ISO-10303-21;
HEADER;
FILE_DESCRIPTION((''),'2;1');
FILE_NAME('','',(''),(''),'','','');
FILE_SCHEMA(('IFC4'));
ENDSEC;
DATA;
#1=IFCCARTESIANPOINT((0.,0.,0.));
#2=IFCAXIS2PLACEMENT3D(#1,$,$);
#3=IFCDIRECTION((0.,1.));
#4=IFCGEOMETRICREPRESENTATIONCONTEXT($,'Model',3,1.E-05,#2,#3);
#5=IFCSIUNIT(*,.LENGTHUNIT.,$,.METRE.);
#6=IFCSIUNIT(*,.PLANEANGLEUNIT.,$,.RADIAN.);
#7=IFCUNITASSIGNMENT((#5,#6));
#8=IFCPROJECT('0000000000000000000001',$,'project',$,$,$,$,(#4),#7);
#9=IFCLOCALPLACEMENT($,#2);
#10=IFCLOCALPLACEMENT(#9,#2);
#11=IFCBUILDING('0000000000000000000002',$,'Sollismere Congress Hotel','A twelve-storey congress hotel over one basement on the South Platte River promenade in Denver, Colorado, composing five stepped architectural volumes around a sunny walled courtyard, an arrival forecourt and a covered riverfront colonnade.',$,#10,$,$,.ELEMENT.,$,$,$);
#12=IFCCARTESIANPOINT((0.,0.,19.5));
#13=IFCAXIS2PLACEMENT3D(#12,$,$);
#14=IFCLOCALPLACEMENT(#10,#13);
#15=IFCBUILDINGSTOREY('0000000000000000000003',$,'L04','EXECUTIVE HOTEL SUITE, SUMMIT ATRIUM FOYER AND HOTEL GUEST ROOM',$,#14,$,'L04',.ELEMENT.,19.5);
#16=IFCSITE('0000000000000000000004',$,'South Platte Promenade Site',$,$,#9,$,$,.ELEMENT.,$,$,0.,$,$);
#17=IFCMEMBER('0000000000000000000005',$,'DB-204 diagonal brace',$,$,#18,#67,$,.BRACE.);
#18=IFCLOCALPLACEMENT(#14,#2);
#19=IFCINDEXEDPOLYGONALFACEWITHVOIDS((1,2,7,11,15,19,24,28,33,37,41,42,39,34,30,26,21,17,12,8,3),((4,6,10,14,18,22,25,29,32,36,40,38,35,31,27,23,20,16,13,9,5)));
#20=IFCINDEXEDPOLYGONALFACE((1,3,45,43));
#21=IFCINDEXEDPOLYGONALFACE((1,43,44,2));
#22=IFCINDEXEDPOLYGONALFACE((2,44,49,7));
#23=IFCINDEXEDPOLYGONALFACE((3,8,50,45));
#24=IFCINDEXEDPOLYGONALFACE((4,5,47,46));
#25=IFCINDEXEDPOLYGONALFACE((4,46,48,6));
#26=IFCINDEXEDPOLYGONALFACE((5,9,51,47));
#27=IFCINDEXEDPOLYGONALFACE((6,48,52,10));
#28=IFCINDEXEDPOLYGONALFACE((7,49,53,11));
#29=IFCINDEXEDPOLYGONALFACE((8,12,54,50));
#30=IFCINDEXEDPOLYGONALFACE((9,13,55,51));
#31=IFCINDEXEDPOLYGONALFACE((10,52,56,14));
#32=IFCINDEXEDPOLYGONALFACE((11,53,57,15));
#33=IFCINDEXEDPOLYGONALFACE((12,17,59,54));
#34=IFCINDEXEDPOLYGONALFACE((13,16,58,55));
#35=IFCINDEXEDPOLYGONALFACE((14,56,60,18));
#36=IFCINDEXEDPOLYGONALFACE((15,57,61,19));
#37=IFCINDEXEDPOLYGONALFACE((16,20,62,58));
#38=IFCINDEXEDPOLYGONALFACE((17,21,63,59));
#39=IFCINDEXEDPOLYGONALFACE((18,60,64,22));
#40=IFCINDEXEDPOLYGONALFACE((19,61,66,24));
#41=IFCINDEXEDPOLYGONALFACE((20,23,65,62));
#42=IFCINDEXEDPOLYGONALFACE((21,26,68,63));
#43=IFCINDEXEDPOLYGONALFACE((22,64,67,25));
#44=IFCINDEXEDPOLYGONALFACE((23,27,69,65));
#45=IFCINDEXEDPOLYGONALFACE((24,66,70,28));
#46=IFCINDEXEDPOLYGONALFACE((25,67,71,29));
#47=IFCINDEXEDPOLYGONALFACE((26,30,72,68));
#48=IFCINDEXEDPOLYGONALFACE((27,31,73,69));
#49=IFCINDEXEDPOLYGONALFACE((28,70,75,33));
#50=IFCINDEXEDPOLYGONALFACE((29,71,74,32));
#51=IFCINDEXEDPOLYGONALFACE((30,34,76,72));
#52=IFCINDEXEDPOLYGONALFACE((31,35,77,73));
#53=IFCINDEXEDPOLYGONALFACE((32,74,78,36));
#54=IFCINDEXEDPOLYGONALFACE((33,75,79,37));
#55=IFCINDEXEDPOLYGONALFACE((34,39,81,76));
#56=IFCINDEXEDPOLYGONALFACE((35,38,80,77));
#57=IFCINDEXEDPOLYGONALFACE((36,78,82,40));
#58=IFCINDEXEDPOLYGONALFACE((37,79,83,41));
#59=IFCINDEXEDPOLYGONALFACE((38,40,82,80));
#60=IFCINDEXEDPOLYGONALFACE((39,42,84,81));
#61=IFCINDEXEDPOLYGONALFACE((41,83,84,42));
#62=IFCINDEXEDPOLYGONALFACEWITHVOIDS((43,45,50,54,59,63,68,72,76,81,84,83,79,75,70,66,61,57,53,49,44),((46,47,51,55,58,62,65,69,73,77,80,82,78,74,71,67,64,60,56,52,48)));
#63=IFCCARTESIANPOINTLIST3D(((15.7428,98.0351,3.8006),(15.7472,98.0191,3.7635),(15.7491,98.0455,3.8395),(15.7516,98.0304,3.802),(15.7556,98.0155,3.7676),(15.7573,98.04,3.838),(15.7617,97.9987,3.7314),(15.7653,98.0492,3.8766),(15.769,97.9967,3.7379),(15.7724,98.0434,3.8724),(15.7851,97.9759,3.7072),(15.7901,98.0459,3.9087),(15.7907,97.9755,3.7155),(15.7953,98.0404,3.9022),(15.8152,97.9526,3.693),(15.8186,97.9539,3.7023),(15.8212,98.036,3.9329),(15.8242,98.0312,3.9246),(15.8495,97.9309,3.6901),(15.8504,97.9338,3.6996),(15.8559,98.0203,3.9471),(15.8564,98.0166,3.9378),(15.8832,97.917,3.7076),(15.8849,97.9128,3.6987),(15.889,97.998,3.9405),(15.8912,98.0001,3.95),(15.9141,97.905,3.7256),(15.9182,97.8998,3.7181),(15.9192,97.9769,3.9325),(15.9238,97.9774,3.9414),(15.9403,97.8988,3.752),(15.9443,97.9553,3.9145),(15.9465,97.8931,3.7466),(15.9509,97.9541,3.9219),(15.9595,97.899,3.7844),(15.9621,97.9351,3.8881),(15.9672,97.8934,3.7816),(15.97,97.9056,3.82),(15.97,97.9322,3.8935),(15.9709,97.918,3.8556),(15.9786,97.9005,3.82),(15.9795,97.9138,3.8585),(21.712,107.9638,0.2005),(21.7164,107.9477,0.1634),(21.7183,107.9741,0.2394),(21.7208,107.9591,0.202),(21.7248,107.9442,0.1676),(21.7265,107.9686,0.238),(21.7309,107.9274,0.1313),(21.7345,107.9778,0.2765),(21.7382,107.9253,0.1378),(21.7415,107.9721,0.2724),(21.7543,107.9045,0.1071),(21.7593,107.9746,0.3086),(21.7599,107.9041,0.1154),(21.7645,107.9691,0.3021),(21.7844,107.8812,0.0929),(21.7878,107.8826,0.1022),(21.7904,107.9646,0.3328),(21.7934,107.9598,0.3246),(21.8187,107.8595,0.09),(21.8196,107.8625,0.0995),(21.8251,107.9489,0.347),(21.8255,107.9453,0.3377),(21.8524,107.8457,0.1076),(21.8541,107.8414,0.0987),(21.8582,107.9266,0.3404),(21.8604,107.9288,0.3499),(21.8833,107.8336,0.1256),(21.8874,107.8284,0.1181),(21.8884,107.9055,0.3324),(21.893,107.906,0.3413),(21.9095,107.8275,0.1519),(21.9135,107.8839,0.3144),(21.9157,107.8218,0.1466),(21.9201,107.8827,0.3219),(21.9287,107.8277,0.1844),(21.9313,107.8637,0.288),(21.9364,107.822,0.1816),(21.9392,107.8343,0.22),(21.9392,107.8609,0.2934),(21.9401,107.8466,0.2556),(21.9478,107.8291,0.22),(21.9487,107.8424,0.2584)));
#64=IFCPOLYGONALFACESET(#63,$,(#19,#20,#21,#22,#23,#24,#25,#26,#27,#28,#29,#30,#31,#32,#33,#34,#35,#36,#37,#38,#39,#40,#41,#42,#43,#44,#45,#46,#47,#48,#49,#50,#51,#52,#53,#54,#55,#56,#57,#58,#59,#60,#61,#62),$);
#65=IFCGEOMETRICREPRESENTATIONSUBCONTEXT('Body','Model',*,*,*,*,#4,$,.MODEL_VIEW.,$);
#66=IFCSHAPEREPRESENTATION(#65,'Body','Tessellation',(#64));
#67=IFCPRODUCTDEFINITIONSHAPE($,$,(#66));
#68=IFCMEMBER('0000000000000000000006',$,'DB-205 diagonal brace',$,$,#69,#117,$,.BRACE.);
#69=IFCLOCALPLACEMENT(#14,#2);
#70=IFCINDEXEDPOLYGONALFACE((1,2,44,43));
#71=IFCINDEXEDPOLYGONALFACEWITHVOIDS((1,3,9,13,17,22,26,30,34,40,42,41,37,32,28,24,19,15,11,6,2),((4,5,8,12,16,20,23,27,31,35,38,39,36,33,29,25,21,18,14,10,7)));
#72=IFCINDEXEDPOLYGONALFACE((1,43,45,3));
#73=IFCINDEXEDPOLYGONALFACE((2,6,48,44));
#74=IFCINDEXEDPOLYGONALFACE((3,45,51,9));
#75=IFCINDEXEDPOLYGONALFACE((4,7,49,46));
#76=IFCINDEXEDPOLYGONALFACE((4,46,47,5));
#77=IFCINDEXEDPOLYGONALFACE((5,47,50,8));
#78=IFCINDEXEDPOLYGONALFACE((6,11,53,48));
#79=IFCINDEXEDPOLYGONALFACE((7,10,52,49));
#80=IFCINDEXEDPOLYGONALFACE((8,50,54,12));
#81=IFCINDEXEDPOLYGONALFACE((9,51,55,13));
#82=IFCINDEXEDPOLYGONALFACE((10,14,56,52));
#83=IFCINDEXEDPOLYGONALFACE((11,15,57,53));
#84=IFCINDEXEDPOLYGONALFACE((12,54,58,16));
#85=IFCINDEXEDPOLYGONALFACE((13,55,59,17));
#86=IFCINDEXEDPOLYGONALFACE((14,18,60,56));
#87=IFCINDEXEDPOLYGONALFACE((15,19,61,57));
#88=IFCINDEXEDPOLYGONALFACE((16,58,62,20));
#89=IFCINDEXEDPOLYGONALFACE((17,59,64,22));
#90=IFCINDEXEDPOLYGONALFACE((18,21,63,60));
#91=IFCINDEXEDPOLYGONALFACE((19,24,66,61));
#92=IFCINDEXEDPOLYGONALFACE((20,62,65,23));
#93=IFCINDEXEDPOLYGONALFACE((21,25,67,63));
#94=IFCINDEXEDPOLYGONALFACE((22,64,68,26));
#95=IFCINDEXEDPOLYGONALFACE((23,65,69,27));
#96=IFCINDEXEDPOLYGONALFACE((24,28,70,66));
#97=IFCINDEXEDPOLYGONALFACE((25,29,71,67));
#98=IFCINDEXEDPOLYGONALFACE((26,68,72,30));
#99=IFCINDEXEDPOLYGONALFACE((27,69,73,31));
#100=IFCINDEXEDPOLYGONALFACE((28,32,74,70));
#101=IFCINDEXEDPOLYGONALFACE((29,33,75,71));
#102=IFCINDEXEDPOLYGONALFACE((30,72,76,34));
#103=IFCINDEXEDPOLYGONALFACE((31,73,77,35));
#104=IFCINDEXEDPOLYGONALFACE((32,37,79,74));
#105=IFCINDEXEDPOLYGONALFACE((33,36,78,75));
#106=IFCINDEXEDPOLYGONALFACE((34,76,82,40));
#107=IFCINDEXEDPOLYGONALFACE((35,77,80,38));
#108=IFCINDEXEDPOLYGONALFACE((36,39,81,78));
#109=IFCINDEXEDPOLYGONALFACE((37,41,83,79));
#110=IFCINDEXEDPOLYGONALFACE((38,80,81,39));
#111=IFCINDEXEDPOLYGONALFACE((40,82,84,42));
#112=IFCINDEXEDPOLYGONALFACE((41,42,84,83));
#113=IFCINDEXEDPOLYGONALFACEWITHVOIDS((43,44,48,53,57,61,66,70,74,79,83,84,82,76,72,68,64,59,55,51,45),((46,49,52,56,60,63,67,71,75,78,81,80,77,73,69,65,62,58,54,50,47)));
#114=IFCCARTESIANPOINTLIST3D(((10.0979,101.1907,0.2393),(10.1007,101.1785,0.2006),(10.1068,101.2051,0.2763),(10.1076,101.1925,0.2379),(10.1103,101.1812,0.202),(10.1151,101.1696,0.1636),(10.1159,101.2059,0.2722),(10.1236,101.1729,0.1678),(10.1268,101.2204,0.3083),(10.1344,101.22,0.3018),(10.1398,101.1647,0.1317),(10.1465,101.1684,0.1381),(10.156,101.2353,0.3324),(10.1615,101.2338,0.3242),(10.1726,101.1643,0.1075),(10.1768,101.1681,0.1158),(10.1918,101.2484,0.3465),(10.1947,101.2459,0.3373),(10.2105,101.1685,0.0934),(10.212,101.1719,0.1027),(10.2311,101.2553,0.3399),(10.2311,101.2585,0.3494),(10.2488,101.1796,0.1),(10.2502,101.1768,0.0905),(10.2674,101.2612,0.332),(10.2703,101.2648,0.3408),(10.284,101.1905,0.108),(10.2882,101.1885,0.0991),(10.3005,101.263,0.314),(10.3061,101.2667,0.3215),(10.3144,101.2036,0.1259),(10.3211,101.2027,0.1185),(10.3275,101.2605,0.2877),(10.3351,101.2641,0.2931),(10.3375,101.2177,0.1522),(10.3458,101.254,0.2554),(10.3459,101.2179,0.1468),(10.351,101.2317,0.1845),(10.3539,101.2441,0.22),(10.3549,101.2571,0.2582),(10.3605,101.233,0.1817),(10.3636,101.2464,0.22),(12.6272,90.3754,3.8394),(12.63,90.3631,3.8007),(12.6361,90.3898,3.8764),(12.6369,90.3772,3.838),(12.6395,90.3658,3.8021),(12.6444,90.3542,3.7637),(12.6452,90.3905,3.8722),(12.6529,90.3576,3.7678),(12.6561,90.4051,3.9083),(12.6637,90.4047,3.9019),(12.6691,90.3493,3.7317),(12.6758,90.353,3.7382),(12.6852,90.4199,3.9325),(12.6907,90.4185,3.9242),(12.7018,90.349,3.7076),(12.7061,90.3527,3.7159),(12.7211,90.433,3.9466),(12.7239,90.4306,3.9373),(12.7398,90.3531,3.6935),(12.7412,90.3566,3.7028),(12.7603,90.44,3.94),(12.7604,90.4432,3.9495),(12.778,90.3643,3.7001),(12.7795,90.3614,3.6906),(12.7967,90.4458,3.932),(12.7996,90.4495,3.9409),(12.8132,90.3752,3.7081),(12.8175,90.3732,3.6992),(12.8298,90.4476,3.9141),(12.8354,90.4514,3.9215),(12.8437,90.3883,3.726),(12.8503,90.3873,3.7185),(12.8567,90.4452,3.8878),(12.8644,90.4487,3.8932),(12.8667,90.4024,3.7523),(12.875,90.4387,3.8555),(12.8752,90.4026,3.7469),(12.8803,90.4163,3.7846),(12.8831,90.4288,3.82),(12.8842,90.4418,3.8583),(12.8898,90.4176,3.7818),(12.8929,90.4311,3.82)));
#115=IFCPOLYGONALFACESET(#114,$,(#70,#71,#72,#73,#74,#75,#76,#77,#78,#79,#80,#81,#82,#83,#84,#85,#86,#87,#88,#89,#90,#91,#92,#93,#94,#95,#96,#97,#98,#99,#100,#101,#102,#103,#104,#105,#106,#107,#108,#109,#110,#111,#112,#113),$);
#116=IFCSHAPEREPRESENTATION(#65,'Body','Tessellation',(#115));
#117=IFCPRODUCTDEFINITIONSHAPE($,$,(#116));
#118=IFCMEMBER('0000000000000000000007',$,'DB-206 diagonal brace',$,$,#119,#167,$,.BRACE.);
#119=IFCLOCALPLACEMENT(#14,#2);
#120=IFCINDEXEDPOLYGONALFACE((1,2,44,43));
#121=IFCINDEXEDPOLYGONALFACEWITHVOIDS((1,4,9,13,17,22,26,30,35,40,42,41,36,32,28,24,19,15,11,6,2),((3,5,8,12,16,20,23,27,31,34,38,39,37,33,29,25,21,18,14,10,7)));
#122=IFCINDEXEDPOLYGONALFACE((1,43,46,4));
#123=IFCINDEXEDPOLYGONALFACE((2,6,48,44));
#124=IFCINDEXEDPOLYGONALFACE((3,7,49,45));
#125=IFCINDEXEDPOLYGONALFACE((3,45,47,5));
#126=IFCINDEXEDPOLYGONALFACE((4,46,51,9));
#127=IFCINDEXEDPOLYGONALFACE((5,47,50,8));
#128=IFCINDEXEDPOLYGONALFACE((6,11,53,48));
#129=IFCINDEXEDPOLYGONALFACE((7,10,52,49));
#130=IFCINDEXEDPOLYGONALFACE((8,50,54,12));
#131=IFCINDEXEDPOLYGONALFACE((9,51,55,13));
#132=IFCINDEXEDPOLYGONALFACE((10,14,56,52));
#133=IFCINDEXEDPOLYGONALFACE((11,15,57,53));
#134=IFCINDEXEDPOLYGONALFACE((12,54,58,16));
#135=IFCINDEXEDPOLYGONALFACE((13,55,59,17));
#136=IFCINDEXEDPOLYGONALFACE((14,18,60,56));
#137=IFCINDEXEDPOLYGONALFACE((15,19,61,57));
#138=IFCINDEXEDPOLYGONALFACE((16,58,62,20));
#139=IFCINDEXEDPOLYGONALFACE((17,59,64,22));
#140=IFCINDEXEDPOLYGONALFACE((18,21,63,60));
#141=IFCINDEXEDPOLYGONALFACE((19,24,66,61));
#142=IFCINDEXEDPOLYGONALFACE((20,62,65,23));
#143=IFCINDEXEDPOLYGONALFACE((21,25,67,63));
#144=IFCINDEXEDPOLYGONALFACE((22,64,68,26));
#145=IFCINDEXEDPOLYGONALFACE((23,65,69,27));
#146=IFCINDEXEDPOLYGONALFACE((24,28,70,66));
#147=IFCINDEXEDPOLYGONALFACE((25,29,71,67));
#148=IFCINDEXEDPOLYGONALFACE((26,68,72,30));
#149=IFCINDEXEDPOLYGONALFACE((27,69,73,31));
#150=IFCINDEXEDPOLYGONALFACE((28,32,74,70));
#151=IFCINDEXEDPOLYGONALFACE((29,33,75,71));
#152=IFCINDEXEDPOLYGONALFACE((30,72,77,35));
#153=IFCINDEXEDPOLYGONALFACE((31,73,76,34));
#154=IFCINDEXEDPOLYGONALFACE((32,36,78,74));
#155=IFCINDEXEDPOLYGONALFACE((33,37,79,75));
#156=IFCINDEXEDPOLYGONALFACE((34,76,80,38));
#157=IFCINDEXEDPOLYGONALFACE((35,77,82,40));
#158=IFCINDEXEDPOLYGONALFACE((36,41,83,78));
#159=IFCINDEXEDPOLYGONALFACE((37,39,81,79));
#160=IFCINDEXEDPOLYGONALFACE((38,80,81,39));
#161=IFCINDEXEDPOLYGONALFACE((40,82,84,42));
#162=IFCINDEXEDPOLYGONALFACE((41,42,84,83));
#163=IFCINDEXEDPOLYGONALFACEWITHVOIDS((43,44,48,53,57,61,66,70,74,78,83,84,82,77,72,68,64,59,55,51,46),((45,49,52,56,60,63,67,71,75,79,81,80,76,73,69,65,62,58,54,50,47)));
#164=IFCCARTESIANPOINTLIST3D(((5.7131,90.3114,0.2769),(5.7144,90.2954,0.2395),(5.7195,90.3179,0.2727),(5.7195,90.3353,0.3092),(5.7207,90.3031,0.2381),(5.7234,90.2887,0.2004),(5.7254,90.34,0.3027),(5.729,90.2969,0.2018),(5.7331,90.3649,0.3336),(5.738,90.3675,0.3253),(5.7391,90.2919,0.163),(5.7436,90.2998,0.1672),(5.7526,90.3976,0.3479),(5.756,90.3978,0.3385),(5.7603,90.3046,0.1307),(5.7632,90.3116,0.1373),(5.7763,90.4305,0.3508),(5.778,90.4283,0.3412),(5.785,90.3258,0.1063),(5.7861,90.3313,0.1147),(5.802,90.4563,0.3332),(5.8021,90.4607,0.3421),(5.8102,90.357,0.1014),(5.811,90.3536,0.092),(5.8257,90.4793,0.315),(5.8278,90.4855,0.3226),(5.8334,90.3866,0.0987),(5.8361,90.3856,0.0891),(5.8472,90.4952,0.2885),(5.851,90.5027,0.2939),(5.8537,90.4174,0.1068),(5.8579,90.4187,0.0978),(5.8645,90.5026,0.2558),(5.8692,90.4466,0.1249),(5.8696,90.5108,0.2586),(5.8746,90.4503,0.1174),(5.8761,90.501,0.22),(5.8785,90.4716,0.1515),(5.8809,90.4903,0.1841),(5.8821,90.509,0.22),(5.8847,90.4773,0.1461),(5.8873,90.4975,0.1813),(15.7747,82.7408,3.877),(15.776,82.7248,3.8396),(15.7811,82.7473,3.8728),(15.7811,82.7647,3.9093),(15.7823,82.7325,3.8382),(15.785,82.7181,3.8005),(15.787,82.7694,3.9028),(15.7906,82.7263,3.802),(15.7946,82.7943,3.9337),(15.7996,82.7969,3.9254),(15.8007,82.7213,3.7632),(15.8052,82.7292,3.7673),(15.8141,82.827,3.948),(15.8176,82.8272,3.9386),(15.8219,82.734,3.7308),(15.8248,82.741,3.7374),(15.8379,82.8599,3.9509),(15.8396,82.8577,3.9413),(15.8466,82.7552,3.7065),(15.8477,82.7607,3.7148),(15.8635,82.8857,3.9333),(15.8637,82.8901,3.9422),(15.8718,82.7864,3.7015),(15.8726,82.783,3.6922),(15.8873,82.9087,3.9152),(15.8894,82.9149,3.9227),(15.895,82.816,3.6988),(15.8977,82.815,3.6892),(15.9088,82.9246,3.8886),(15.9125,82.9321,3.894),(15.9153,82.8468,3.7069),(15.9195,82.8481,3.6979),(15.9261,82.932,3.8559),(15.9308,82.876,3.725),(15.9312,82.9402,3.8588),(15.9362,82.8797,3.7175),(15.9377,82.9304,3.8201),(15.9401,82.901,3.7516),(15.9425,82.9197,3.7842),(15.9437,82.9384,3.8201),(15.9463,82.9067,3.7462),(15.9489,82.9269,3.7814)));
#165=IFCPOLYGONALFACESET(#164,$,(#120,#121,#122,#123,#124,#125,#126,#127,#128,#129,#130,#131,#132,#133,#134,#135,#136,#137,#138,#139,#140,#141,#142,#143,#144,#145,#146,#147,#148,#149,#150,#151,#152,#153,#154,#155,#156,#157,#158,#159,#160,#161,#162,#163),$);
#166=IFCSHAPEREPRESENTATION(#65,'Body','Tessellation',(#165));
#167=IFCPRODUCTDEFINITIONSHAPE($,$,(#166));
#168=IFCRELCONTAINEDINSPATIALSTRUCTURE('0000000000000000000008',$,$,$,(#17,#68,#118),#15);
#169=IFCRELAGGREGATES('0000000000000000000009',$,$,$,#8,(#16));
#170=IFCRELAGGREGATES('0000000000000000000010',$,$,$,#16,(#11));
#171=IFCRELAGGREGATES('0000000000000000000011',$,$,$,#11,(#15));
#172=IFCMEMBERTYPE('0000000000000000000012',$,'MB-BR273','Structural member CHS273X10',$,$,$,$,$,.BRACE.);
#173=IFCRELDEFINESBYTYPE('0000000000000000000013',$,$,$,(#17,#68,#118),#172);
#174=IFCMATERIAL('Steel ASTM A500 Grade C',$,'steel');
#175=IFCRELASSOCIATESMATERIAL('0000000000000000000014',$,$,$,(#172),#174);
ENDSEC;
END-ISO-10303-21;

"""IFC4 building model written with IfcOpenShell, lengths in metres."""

from ifc_helpers import new_model, si_unit, direction, frame, origin, origin_2d, place, context, subcontext, project, spatial, hollow_circle, extrude, material, material_profile, profile_set, type_object, element, save


model = new_model("IFC4")

# Units and contexts
model_context = context("Model", 3, precision=1e-05, world=origin(), true_north=direction((0.0, 1.0)))
body_context = subcontext(model_context, "Body", "Model", "MODEL_VIEW")
ifc_project = project(units=[si_unit("LENGTHUNIT", "METRE"), si_unit("PLANEANGLEUNIT", "RADIAN")], contexts=[model_context])

# Site, building, storey
site_placement = place(None, origin())
site = spatial("IfcSite", under=ifc_project, at=site_placement, Name="South Platte Promenade Site", CompositionType="ELEMENT", RefElevation=0.0)
building_placement = place(site_placement, origin())
building = spatial("IfcBuilding", under=site, at=building_placement, Name="Sollismere Congress Hotel", Description="A twelve-storey congress hotel over one basement on the South Platte River promenade in Denver, Colorado, composing five stepped architectural volumes around a sunny walled courtyard, an arrival forecourt and a covered riverfront colonnade.", CompositionType="ELEMENT")
storey_placement = place(building_placement, frame((0.0, 0.0, 19.5)))
storey = spatial("IfcBuildingStorey", under=building, at=storey_placement, Name="L04", Description="EXECUTIVE HOTEL SUITE, SUMMIT ATRIUM FOYER AND HOTEL GUEST ROOM", LongName="L04", CompositionType="ELEMENT", Elevation=19.5)

# Members
ifc_material_1 = material(Name="Steel ASTM A500 Grade C", Category="steel")
ifc_material_profile_1 = material_profile(ifc_material_1, hollow_circle(Radius=0.1365, WallThickness=0.01, at=origin_2d()), Name="CHS273X10")
ifc_profile_set_1 = profile_set([ifc_material_profile_1], Name="Steel ASTM A500 Grade C")
member_type_1 = type_object("IfcMemberType", Name="MB-BR273", Description="Structural member CHS273X10", PredefinedType="BRACE", material=ifc_profile_set_1)
member_1_placement = place(storey_placement, frame((21.8308, 107.8994, 0.22), z_axis=(-0.492047, -0.818428, 0.296758), x_axis=(0.857035, -0.515258, 0.0)))
element("IfcMember", 1, at=member_1_placement, inside=storey, type_object=member_type_1, Name="DB-204 diagonal brace", PredefinedType="BRACE", context=body_context, shape_type="SweptSolid", body=[
    extrude(hollow_circle(Radius=0.1365, WallThickness=0.01, at=origin_2d()), origin(), (0.0, 0.0, 1.0), 12.1313),
])
member_2_placement = place(storey_placement, frame((10.2307, 101.2153, 0.22), z_axis=(0.216622, -0.926287, 0.30833), x_axis=(0.973728, 0.227716, 0.0)))
element("IfcMember", 2, at=member_2_placement, inside=storey, type_object=member_type_1, Name="DB-205 diagonal brace", PredefinedType="BRACE", context=body_context, shape_type="SweptSolid", body=[
    extrude(hollow_circle(Radius=0.1365, WallThickness=0.01, at=origin_2d()), origin(), (0.0, 0.0, 1.0), 11.676),
])
member_3_placement = place(storey_placement, frame((5.8, 90.3999, 0.22), z_axis=(0.768283, -0.578076, 0.274898), x_axis=(0.60124, 0.799068, 0.0)))
element("IfcMember", 3, at=member_3_placement, inside=storey, type_object=member_type_1, Name="DB-206 diagonal brace", PredefinedType="BRACE", context=body_context, shape_type="SweptSolid", body=[
    extrude(hollow_circle(Radius=0.1365, WallThickness=0.01, at=origin_2d()), origin(), (0.0, 0.0, 1.0), 13.0962),
])

save(model, "model.ifc")
